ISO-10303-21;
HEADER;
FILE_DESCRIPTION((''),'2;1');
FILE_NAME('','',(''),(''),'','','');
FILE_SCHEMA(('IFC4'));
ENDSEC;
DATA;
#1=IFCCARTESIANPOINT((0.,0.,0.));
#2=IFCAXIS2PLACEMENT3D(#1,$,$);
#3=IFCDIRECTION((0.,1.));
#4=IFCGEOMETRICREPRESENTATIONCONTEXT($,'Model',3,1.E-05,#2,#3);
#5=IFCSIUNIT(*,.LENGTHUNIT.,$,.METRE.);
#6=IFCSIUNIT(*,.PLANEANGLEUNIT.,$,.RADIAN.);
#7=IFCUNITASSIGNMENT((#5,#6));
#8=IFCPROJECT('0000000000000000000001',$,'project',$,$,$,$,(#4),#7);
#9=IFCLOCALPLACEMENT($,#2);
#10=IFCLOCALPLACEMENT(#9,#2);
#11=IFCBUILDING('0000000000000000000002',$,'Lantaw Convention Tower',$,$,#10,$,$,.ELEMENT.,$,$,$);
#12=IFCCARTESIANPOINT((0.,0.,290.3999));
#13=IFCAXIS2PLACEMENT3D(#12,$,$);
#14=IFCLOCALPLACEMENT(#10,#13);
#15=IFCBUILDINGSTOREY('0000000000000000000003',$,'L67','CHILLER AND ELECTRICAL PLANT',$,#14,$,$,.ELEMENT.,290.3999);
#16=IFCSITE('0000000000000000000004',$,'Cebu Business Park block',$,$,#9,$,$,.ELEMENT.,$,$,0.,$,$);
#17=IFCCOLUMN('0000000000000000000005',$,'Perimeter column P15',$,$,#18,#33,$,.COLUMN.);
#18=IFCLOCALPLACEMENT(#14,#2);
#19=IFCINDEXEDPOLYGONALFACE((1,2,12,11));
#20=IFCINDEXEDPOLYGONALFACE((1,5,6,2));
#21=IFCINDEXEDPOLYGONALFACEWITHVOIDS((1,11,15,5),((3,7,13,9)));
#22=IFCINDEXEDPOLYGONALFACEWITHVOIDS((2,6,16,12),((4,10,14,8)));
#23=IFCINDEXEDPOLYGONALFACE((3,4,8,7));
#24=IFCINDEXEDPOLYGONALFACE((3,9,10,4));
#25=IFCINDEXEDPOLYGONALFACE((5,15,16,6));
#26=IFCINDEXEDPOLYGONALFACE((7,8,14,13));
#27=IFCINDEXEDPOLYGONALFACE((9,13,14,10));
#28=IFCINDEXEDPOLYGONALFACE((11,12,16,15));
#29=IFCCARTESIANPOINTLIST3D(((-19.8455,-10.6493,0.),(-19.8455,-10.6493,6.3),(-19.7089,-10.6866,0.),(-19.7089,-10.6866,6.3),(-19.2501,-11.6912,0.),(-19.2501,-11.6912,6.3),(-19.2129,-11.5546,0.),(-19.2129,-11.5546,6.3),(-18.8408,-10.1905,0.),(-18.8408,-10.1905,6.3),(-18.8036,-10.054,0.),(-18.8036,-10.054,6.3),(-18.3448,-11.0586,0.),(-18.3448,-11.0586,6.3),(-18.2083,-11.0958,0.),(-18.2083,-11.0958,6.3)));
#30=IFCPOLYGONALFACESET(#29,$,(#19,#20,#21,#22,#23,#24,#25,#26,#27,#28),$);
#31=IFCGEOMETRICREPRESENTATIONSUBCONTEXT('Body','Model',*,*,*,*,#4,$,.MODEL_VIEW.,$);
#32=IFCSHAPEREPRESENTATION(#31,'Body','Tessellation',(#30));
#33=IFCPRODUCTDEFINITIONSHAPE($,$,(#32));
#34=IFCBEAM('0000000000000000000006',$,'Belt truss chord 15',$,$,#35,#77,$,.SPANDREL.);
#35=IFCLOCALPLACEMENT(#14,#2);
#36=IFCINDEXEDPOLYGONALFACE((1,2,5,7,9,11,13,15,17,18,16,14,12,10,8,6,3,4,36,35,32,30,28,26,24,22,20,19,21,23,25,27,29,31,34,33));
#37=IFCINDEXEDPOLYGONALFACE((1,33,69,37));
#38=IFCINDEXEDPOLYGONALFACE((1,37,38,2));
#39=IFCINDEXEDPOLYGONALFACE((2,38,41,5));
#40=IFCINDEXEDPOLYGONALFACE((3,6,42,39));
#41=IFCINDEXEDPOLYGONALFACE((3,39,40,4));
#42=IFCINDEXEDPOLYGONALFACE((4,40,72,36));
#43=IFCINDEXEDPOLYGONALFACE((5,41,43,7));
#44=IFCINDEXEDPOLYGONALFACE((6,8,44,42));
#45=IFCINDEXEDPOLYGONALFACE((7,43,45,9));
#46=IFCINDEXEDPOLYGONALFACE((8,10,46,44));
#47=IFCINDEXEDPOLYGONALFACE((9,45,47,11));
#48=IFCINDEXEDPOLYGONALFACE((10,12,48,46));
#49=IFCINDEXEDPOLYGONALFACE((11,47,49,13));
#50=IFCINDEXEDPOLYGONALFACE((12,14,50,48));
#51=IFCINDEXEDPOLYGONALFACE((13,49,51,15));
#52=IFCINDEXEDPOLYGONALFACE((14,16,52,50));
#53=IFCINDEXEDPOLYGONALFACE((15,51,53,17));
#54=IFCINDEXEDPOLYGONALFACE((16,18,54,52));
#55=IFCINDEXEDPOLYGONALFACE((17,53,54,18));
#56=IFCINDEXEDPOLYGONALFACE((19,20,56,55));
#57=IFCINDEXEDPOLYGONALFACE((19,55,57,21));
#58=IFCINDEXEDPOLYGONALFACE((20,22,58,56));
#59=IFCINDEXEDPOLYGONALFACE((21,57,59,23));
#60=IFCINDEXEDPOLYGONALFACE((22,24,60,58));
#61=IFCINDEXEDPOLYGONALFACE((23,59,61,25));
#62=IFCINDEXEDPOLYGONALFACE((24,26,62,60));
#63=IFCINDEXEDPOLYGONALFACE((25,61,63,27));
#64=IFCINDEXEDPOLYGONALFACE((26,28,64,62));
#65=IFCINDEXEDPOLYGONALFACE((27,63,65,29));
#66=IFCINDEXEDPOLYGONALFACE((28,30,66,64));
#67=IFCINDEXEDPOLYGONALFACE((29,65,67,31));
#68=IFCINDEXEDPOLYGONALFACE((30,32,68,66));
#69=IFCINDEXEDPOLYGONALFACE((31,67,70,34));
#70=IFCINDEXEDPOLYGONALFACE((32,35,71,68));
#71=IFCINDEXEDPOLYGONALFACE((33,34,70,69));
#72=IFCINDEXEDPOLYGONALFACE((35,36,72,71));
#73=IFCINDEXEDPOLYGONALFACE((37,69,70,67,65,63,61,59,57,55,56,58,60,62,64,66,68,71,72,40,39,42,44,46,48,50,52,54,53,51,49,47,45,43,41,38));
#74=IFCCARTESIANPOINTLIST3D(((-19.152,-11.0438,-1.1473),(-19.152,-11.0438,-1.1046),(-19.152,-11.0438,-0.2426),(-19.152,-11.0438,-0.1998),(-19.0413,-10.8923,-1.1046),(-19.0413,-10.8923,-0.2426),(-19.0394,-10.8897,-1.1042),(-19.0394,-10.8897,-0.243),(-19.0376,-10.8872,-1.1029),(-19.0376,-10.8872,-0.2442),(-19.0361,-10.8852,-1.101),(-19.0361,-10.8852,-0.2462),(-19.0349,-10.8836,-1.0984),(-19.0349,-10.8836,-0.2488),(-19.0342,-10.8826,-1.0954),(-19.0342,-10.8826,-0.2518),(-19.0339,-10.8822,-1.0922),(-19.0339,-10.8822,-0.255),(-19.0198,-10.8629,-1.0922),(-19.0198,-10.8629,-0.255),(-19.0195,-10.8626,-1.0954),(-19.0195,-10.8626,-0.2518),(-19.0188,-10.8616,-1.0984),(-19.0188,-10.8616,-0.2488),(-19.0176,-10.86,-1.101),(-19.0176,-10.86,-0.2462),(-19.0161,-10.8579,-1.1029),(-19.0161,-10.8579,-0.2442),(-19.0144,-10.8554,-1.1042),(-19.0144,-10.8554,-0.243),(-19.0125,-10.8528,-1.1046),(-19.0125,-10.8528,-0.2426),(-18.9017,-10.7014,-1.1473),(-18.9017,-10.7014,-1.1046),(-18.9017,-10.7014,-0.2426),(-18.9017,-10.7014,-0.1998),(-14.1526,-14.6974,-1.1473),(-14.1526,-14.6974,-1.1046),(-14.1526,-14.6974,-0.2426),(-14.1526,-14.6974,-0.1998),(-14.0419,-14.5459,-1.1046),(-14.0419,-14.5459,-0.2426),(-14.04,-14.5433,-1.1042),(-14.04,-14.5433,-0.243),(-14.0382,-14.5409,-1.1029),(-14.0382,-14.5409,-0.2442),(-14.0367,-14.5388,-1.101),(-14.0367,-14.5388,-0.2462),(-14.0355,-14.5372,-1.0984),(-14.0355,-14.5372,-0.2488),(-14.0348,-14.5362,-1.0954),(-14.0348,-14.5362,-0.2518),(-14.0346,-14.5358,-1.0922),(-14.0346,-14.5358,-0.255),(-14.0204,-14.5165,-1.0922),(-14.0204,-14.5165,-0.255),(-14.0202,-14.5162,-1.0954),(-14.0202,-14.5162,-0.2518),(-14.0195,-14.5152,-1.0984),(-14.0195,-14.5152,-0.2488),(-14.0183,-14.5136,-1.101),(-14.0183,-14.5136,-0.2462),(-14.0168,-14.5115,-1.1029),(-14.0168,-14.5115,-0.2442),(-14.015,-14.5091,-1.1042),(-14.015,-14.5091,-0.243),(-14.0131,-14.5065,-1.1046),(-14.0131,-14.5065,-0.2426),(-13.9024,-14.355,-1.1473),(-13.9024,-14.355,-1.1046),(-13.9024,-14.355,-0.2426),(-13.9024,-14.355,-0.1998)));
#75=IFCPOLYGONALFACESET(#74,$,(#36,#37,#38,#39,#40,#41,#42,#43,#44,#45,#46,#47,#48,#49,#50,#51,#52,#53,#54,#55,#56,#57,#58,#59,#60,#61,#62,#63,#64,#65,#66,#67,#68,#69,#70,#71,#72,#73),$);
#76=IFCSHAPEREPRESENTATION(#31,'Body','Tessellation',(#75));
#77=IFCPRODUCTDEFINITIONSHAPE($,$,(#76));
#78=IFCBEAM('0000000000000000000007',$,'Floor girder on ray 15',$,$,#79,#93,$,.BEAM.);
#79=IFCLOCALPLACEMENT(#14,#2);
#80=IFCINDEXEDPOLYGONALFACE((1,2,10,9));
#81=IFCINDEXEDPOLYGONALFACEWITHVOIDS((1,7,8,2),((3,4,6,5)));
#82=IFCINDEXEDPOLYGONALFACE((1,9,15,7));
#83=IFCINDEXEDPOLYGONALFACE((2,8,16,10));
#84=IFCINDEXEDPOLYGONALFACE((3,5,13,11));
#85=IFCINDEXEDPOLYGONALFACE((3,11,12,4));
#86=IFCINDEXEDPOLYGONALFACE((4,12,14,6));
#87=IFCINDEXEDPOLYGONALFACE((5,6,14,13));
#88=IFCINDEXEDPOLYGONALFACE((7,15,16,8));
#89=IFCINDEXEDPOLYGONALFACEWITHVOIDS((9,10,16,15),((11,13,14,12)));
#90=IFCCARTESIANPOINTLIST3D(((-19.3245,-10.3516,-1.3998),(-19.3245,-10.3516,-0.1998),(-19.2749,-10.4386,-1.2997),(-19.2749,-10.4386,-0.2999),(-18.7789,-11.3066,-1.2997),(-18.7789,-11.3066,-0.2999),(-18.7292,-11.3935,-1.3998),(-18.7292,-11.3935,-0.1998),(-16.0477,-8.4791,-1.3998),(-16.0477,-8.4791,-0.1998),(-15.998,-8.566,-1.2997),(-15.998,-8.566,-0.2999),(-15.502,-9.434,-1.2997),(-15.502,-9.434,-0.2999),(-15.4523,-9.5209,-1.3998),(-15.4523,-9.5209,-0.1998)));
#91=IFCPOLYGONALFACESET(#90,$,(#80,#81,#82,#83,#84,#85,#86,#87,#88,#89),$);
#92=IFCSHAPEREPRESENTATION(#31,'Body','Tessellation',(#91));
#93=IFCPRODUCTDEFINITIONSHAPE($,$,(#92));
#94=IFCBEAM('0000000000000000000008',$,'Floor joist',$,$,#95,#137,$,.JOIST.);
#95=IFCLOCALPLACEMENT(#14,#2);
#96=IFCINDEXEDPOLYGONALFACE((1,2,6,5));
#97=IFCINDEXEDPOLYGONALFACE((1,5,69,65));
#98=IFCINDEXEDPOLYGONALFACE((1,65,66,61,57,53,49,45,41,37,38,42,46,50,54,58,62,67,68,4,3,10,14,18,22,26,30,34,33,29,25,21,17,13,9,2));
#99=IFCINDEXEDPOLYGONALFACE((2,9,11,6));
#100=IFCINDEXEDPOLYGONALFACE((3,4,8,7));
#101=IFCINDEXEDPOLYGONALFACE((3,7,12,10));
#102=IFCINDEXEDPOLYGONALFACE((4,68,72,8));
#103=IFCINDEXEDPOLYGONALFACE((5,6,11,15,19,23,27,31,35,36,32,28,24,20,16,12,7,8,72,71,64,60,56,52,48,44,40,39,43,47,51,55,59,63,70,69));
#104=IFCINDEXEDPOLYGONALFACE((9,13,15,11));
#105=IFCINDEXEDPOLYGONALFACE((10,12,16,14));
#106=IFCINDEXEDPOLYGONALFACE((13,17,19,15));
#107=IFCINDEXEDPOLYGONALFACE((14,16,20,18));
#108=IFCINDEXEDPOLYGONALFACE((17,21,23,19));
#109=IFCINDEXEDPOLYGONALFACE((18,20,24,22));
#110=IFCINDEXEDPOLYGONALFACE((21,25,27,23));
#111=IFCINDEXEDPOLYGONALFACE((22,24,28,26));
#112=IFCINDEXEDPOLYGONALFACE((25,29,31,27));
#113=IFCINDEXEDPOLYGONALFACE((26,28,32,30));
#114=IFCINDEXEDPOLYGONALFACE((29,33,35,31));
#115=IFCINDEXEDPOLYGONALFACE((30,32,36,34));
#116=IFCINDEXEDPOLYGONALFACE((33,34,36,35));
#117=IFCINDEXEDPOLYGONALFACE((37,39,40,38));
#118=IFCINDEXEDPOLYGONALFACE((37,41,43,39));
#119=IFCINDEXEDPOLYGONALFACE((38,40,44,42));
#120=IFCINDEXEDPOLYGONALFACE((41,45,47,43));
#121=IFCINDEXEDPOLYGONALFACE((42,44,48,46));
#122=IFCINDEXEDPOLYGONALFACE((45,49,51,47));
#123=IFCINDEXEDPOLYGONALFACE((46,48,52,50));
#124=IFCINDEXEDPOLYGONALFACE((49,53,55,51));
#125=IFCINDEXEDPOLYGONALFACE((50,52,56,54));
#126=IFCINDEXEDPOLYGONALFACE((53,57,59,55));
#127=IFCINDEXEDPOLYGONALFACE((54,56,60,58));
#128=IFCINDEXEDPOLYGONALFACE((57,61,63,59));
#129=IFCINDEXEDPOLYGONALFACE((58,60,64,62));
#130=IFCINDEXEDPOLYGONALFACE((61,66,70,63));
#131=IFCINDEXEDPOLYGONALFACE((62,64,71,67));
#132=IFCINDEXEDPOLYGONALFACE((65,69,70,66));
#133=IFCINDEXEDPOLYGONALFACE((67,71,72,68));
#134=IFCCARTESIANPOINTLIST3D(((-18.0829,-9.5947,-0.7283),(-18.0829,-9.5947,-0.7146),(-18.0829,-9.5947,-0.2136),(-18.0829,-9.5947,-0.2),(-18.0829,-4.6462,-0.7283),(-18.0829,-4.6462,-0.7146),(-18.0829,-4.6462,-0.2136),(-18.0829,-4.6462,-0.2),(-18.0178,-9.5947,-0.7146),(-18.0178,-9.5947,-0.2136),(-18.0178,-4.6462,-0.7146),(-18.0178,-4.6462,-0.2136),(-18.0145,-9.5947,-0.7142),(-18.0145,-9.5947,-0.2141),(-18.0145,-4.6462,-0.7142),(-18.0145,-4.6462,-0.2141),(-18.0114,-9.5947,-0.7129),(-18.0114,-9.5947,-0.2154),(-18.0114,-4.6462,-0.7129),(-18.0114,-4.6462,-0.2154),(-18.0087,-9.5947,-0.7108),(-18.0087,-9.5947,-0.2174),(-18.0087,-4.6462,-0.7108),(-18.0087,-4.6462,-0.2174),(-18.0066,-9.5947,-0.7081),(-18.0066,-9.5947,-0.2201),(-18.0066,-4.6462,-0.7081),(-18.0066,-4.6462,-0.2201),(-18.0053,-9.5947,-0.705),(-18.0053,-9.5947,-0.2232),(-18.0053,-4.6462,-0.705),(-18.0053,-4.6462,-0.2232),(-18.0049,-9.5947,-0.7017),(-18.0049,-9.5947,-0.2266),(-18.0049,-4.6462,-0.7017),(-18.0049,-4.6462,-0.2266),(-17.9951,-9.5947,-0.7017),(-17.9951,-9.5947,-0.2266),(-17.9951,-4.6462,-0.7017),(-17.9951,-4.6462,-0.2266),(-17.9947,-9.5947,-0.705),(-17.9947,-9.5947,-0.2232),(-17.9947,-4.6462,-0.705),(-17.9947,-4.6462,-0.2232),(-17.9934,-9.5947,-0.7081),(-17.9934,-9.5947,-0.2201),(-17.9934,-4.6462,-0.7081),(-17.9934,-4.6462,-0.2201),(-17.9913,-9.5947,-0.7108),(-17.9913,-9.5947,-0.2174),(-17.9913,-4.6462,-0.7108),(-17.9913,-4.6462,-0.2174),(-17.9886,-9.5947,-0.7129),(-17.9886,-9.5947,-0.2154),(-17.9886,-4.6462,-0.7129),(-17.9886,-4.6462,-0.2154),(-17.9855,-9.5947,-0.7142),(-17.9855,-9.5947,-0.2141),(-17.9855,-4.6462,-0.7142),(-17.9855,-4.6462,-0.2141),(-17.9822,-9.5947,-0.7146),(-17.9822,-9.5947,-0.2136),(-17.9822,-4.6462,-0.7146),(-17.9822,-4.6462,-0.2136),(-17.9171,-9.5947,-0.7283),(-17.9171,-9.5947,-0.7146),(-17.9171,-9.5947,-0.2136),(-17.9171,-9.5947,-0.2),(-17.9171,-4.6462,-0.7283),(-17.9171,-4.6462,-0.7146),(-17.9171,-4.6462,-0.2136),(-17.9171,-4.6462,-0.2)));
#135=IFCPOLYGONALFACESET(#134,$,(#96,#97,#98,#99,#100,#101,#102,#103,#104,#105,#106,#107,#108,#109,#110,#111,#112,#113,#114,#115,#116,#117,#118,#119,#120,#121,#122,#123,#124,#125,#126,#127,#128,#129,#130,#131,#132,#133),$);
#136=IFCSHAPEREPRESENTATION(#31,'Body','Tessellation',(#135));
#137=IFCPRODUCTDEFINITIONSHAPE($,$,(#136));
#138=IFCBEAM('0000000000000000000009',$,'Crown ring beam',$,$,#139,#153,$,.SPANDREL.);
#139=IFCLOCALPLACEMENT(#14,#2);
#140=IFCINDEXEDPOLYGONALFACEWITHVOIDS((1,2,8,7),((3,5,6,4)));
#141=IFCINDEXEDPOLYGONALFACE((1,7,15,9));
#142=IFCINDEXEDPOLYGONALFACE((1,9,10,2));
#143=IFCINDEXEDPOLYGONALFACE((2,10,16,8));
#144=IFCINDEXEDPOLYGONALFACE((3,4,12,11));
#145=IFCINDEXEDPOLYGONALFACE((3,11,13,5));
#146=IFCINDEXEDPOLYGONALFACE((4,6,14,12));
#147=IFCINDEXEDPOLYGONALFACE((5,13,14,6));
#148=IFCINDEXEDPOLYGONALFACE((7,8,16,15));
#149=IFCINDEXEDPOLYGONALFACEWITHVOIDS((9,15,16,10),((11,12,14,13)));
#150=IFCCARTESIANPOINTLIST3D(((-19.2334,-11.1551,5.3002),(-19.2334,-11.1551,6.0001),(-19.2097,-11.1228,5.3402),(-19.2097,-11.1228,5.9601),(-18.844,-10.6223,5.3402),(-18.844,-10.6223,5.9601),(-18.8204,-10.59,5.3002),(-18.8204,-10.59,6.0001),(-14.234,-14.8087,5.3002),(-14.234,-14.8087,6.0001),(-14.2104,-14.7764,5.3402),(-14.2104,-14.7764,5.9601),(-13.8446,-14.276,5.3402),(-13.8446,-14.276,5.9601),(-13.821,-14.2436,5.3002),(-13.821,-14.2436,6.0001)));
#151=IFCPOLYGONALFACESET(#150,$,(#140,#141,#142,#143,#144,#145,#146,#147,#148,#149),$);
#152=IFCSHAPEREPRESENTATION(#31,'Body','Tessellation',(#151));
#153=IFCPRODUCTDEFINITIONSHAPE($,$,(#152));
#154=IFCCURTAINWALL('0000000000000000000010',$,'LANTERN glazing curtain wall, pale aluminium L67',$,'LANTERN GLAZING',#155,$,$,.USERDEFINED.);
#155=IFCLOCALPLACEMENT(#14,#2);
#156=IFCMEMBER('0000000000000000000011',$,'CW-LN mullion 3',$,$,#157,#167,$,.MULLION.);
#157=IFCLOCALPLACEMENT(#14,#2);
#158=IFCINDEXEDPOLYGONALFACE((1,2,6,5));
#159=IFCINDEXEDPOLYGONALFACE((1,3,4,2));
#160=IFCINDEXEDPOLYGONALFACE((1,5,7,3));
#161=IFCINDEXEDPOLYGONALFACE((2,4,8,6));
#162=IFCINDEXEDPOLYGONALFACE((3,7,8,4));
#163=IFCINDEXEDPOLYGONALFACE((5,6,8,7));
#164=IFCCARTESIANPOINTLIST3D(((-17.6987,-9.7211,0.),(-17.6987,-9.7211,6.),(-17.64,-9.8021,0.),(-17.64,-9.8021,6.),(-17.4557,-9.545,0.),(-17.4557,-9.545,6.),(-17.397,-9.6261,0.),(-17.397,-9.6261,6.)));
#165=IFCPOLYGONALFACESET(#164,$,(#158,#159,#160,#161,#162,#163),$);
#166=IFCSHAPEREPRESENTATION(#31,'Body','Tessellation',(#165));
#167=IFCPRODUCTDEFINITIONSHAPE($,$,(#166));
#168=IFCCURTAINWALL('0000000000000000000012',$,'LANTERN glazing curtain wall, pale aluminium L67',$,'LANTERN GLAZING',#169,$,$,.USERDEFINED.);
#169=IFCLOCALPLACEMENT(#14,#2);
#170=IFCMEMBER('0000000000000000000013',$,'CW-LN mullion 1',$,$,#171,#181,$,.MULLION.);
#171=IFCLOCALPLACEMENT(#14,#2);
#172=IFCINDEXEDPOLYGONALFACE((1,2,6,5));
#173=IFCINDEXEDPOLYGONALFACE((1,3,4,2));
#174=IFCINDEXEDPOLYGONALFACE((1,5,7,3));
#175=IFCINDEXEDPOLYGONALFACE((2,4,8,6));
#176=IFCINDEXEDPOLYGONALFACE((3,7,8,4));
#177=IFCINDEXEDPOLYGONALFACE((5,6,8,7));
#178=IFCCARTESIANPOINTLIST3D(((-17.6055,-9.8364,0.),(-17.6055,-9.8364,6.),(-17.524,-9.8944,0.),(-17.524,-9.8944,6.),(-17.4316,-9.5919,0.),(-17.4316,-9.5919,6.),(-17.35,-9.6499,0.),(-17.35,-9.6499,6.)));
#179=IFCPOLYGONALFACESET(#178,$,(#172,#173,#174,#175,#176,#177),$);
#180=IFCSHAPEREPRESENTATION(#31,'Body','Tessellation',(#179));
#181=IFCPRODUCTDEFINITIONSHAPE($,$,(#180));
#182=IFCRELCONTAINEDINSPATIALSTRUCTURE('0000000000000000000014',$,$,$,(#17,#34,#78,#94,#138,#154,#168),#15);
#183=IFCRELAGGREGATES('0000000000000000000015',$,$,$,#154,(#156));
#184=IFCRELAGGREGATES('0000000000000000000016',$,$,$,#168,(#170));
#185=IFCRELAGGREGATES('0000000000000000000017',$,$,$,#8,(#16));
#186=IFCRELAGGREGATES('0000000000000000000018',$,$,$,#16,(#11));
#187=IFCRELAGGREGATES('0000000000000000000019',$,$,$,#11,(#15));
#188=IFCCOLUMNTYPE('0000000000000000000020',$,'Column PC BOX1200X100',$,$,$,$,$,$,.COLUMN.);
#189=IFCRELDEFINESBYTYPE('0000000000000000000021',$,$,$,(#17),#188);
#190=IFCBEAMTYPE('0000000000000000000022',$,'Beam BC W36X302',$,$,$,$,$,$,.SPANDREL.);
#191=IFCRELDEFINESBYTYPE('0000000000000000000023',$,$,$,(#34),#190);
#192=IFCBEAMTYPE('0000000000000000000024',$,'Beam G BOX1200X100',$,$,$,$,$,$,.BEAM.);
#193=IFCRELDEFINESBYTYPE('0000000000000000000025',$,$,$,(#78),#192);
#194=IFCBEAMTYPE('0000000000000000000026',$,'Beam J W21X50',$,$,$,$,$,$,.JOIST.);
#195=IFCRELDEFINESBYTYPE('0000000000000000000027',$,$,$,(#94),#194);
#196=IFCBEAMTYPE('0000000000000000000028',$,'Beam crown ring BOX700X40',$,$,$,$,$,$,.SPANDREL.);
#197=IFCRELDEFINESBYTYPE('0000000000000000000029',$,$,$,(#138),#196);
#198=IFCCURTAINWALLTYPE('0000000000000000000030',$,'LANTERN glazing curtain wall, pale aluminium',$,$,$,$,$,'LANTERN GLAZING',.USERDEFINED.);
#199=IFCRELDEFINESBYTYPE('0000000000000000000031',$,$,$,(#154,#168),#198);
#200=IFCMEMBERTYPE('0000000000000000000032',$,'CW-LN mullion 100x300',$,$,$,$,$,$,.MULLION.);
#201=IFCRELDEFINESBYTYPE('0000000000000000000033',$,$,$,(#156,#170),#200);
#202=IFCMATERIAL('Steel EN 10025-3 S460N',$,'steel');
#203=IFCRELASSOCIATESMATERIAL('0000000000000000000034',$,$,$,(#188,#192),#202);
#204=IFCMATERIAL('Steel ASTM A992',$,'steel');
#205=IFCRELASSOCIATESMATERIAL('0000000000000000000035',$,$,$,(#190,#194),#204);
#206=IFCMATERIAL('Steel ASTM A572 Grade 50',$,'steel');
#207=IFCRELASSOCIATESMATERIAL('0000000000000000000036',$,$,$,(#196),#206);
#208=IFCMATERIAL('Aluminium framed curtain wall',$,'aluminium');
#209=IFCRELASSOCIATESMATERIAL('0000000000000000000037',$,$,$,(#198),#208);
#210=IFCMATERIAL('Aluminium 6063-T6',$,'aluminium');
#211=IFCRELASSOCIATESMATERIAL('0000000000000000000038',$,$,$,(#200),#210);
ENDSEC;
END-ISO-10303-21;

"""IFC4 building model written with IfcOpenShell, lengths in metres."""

from ifc_helpers import new_model, si_unit, direction, frame, origin, origin_2d, place, context, subcontext, project, spatial, rectangle, hollow_rectangle, i_section, extrude, material, material_profile, profile_set, type_object, element, aggregate, save


model = new_model("IFC4")

# Units and contexts
model_context = context("Model", 3, precision=1e-05, world=origin(), true_north=direction((0.0, 1.0)))
body_context = subcontext(model_context, "Body", "Model", "MODEL_VIEW")
ifc_project = project(units=[si_unit("LENGTHUNIT", "METRE"), si_unit("PLANEANGLEUNIT", "RADIAN")], contexts=[model_context])

# Site, building, storey
site_placement = place(None, origin())
site = spatial("IfcSite", under=ifc_project, at=site_placement, Name="Cebu Business Park block", CompositionType="ELEMENT", RefElevation=0.0)
building_placement = place(site_placement, origin())
building = spatial("IfcBuilding", under=site, at=building_placement, Name="Lantaw Convention Tower", CompositionType="ELEMENT")
storey_placement = place(building_placement, frame((0.0, 0.0, 290.3999)))
storey = spatial("IfcBuildingStorey", under=building, at=storey_placement, Name="L67", Description="CHILLER AND ELECTRICAL PLANT", CompositionType="ELEMENT", Elevation=290.3999)

# Column
ifc_material_1 = material(Name="Steel EN 10025-3 S460N", Category="steel")
ifc_material_profile_1 = material_profile(ifc_material_1, hollow_rectangle(XDim=1.2, YDim=1.2, WallThickness=0.1001, at=origin_2d()), Name="BOX1200X100")
ifc_material_2 = material(Name="Concrete C60/75", Category="concrete")
ifc_material_profile_2 = material_profile(ifc_material_2, rectangle(XDim=1.0, YDim=1.0, at=origin_2d()), Name="Concrete fill of BOX1200X100")
ifc_profile_set_1 = profile_set([ifc_material_profile_1, ifc_material_profile_2], Name="Steel EN 10025-3 S460N")
column_type = type_object("IfcColumnType", Name="Column PC BOX1200X100", PredefinedType="COLUMN", material=ifc_profile_set_1)
column_placement = place(storey_placement, frame((-19.0269, -10.8726, 0.0), z_axis=(0.0, 0.0, 1.0), x_axis=(0.868243, 0.496139, 0.0)))
element("IfcColumn", 1, at=column_placement, inside=storey, type_object=column_type, Name="Perimeter column P15", PredefinedType="COLUMN", context=body_context, shape_type="SweptSolid", body=[
    extrude(hollow_rectangle(XDim=1.2, YDim=1.2, WallThickness=0.1001, at=origin_2d()), origin(), (0.0, 0.0, 1.0), 6.3),
])

# Beams
ifc_material_3 = material(Name="Steel ASTM A992", Category="steel")
ifc_material_profile_3 = material_profile(ifc_material_3, i_section(OverallWidth=0.4241, OverallDepth=0.9475, WebThickness=0.0239, FlangeThickness=0.0427, FilletRadius=0.0125, at=origin_2d()), Name="W36X302")
ifc_profile_set_2 = profile_set([ifc_material_profile_3], Name="Steel ASTM A992")
beam_type_1 = type_object("IfcBeamType", Name="Beam BC W36X302", PredefinedType="SPANDREL", material=ifc_profile_set_2)
beam_1_placement = place(storey_placement, frame((-19.0269, -10.8726, -0.6736), z_axis=(0.807372, -0.590043, 0.0), x_axis=(0.590043, 0.807372, 0.0)))
element("IfcBeam", 2, at=beam_1_placement, inside=storey, type_object=beam_type_1, Name="Belt truss chord 15", PredefinedType="SPANDREL", context=body_context, shape_type="SweptSolid", body=[
    extrude(i_section(OverallWidth=0.4241, OverallDepth=0.9475, WebThickness=0.0239, FlangeThickness=0.0427, FilletRadius=0.0125, at=origin_2d()), origin(), (0.0, 0.0, 1.0), 6.1921),
])
ifc_material_profile_4 = material_profile(ifc_material_1, hollow_rectangle(XDim=1.2, YDim=1.2, WallThickness=0.1001, at=origin_2d()), Name="BOX1200X100")
ifc_profile_set_3 = profile_set([ifc_material_profile_4], Name="Steel EN 10025-3 S460N")
beam_type_2 = type_object("IfcBeamType", Name="Beam G BOX1200X100", PredefinedType="BEAM", material=ifc_profile_set_3)
beam_2_placement = place(storey_placement, frame((-15.75, -9.0, -0.7998), z_axis=(-0.868235, -0.496153, 0.0), x_axis=(0.496153, -0.868235, 0.0)))
element("IfcBeam", 3, at=beam_2_placement, inside=storey, type_object=beam_type_2, Name="Floor girder on ray 15", PredefinedType="BEAM", context=body_context, shape_type="SweptSolid", body=[
    extrude(hollow_rectangle(XDim=1.2, YDim=1.2, WallThickness=0.1001, at=origin_2d()), origin(), (0.0, 0.0, 1.0), 3.7742),
])
ifc_material_profile_5 = material_profile(ifc_material_3, i_section(OverallWidth=0.1658, OverallDepth=0.5283, WebThickness=0.0098, FlangeThickness=0.0137, FilletRadius=0.0129, at=origin_2d()), Name="W21X50")
ifc_profile_set_4 = profile_set([ifc_material_profile_5], Name="Steel ASTM A992")
beam_type_3 = type_object("IfcBeamType", Name="Beam J W21X50", PredefinedType="JOIST", material=ifc_profile_set_4)
beam_3_placement = place(storey_placement, frame((-18.0, -9.5947, -0.4641), z_axis=(0.0, 1.0, 0.0), x_axis=(-1.0, 0.0, 0.0)))
element("IfcBeam", 4, at=beam_3_placement, inside=storey, type_object=beam_type_3, Name="Floor joist", PredefinedType="JOIST", context=body_context, shape_type="SweptSolid", body=[
    extrude(i_section(OverallWidth=0.1658, OverallDepth=0.5283, WebThickness=0.0098, FlangeThickness=0.0137, FilletRadius=0.0129, at=origin_2d()), origin(), (0.0, 0.0, 1.0), 4.9485),
])
ifc_material_4 = material(Name="Steel ASTM A572 Grade 50", Category="steel")
ifc_material_profile_6 = material_profile(ifc_material_4, hollow_rectangle(XDim=0.7, YDim=0.7, WallThickness=0.04, at=origin_2d()), Name="BOX700X40")
ifc_profile_set_5 = profile_set([ifc_material_profile_6], Name="Steel ASTM A572 Grade 50")
beam_type_4 = type_object("IfcBeamType", Name="Beam crown ring BOX700X40", PredefinedType="SPANDREL", material=ifc_profile_set_5)
beam_4_placement = place(storey_placement, frame((-19.0269, -10.8726, 5.6501), z_axis=(0.807372, -0.590043, 0.0), x_axis=(0.590043, 0.807372, 0.0)))
element("IfcBeam", 5, at=beam_4_placement, inside=storey, type_object=beam_type_4, Name="Crown ring beam", PredefinedType="SPANDREL", context=body_context, shape_type="SweptSolid", body=[
    extrude(hollow_rectangle(XDim=0.7, YDim=0.7, WallThickness=0.04, at=origin_2d()), origin(), (0.0, 0.0, 1.0), 6.1921),
])

# Curtain wall, member
ifc_material_5 = material(Name="Aluminium framed curtain wall", Category="aluminium")
curtain_wall_type_1 = type_object("IfcCurtainWallType", Name="LANTERN glazing curtain wall, pale aluminium", ElementType="LANTERN GLAZING", PredefinedType="USERDEFINED", material=ifc_material_5)
curtain_wall_1_placement = place(storey_placement, origin())
curtain_wall_1 = element("IfcCurtainWall", 6, at=curtain_wall_1_placement, inside=storey, type_object=curtain_wall_type_1, Name="LANTERN glazing curtain wall, pale aluminium L67", ObjectType="LANTERN GLAZING", PredefinedType="USERDEFINED")
ifc_material_6 = material(Name="Aluminium 6063-T6", Category="aluminium")
ifc_material_profile_7 = material_profile(ifc_material_6, rectangle(XDim=0.3, YDim=0.1001, at=origin_2d()), Name="CW-LN mullion 100x300")
ifc_profile_set_6 = profile_set([ifc_material_profile_7], Name="Aluminium 6063-T6")
member_type_1 = type_object("IfcMemberType", Name="CW-LN mullion 100x300", PredefinedType="MULLION", material=ifc_profile_set_6)
member_1_placement = place(storey_placement, frame((-17.5479, -9.6736, 0.0), z_axis=(0.0, 0.0, 1.0), x_axis=(0.809742, 0.586786, 0.0)))
member_1 = element("IfcMember", 7, at=member_1_placement, type_object=member_type_1, Name="CW-LN mullion 3", PredefinedType="MULLION", context=body_context, shape_type="SweptSolid", body=[
    extrude(rectangle(XDim=0.3, YDim=0.1001, at=origin_2d()), origin(), (0.0, 0.0, 1.0), 6.0),
])
aggregate(curtain_wall_1, [member_1])

# Curtain wall, member
curtain_wall_2_placement = place(storey_placement, origin())
curtain_wall_2 = element("IfcCurtainWall", 8, at=curtain_wall_2_placement, inside=storey, type_object=curtain_wall_type_1, Name="LANTERN glazing curtain wall, pale aluminium L67", ObjectType="LANTERN GLAZING", PredefinedType="USERDEFINED")
member_2_placement = place(storey_placement, frame((-17.4778, -9.7432, 0.0), z_axis=(0.0, 0.0, 1.0), x_axis=(0.579684, 0.814841, 0.0)))
member_2 = element("IfcMember", 9, at=member_2_placement, type_object=member_type_1, Name="CW-LN mullion 1", PredefinedType="MULLION", context=body_context, shape_type="SweptSolid", body=[
    extrude(rectangle(XDim=0.3, YDim=0.1001, at=origin_2d()), origin(), (0.0, 0.0, 1.0), 6.0),
])

aggregate(curtain_wall_2, [member_2])

save(model, "model.ifc")
